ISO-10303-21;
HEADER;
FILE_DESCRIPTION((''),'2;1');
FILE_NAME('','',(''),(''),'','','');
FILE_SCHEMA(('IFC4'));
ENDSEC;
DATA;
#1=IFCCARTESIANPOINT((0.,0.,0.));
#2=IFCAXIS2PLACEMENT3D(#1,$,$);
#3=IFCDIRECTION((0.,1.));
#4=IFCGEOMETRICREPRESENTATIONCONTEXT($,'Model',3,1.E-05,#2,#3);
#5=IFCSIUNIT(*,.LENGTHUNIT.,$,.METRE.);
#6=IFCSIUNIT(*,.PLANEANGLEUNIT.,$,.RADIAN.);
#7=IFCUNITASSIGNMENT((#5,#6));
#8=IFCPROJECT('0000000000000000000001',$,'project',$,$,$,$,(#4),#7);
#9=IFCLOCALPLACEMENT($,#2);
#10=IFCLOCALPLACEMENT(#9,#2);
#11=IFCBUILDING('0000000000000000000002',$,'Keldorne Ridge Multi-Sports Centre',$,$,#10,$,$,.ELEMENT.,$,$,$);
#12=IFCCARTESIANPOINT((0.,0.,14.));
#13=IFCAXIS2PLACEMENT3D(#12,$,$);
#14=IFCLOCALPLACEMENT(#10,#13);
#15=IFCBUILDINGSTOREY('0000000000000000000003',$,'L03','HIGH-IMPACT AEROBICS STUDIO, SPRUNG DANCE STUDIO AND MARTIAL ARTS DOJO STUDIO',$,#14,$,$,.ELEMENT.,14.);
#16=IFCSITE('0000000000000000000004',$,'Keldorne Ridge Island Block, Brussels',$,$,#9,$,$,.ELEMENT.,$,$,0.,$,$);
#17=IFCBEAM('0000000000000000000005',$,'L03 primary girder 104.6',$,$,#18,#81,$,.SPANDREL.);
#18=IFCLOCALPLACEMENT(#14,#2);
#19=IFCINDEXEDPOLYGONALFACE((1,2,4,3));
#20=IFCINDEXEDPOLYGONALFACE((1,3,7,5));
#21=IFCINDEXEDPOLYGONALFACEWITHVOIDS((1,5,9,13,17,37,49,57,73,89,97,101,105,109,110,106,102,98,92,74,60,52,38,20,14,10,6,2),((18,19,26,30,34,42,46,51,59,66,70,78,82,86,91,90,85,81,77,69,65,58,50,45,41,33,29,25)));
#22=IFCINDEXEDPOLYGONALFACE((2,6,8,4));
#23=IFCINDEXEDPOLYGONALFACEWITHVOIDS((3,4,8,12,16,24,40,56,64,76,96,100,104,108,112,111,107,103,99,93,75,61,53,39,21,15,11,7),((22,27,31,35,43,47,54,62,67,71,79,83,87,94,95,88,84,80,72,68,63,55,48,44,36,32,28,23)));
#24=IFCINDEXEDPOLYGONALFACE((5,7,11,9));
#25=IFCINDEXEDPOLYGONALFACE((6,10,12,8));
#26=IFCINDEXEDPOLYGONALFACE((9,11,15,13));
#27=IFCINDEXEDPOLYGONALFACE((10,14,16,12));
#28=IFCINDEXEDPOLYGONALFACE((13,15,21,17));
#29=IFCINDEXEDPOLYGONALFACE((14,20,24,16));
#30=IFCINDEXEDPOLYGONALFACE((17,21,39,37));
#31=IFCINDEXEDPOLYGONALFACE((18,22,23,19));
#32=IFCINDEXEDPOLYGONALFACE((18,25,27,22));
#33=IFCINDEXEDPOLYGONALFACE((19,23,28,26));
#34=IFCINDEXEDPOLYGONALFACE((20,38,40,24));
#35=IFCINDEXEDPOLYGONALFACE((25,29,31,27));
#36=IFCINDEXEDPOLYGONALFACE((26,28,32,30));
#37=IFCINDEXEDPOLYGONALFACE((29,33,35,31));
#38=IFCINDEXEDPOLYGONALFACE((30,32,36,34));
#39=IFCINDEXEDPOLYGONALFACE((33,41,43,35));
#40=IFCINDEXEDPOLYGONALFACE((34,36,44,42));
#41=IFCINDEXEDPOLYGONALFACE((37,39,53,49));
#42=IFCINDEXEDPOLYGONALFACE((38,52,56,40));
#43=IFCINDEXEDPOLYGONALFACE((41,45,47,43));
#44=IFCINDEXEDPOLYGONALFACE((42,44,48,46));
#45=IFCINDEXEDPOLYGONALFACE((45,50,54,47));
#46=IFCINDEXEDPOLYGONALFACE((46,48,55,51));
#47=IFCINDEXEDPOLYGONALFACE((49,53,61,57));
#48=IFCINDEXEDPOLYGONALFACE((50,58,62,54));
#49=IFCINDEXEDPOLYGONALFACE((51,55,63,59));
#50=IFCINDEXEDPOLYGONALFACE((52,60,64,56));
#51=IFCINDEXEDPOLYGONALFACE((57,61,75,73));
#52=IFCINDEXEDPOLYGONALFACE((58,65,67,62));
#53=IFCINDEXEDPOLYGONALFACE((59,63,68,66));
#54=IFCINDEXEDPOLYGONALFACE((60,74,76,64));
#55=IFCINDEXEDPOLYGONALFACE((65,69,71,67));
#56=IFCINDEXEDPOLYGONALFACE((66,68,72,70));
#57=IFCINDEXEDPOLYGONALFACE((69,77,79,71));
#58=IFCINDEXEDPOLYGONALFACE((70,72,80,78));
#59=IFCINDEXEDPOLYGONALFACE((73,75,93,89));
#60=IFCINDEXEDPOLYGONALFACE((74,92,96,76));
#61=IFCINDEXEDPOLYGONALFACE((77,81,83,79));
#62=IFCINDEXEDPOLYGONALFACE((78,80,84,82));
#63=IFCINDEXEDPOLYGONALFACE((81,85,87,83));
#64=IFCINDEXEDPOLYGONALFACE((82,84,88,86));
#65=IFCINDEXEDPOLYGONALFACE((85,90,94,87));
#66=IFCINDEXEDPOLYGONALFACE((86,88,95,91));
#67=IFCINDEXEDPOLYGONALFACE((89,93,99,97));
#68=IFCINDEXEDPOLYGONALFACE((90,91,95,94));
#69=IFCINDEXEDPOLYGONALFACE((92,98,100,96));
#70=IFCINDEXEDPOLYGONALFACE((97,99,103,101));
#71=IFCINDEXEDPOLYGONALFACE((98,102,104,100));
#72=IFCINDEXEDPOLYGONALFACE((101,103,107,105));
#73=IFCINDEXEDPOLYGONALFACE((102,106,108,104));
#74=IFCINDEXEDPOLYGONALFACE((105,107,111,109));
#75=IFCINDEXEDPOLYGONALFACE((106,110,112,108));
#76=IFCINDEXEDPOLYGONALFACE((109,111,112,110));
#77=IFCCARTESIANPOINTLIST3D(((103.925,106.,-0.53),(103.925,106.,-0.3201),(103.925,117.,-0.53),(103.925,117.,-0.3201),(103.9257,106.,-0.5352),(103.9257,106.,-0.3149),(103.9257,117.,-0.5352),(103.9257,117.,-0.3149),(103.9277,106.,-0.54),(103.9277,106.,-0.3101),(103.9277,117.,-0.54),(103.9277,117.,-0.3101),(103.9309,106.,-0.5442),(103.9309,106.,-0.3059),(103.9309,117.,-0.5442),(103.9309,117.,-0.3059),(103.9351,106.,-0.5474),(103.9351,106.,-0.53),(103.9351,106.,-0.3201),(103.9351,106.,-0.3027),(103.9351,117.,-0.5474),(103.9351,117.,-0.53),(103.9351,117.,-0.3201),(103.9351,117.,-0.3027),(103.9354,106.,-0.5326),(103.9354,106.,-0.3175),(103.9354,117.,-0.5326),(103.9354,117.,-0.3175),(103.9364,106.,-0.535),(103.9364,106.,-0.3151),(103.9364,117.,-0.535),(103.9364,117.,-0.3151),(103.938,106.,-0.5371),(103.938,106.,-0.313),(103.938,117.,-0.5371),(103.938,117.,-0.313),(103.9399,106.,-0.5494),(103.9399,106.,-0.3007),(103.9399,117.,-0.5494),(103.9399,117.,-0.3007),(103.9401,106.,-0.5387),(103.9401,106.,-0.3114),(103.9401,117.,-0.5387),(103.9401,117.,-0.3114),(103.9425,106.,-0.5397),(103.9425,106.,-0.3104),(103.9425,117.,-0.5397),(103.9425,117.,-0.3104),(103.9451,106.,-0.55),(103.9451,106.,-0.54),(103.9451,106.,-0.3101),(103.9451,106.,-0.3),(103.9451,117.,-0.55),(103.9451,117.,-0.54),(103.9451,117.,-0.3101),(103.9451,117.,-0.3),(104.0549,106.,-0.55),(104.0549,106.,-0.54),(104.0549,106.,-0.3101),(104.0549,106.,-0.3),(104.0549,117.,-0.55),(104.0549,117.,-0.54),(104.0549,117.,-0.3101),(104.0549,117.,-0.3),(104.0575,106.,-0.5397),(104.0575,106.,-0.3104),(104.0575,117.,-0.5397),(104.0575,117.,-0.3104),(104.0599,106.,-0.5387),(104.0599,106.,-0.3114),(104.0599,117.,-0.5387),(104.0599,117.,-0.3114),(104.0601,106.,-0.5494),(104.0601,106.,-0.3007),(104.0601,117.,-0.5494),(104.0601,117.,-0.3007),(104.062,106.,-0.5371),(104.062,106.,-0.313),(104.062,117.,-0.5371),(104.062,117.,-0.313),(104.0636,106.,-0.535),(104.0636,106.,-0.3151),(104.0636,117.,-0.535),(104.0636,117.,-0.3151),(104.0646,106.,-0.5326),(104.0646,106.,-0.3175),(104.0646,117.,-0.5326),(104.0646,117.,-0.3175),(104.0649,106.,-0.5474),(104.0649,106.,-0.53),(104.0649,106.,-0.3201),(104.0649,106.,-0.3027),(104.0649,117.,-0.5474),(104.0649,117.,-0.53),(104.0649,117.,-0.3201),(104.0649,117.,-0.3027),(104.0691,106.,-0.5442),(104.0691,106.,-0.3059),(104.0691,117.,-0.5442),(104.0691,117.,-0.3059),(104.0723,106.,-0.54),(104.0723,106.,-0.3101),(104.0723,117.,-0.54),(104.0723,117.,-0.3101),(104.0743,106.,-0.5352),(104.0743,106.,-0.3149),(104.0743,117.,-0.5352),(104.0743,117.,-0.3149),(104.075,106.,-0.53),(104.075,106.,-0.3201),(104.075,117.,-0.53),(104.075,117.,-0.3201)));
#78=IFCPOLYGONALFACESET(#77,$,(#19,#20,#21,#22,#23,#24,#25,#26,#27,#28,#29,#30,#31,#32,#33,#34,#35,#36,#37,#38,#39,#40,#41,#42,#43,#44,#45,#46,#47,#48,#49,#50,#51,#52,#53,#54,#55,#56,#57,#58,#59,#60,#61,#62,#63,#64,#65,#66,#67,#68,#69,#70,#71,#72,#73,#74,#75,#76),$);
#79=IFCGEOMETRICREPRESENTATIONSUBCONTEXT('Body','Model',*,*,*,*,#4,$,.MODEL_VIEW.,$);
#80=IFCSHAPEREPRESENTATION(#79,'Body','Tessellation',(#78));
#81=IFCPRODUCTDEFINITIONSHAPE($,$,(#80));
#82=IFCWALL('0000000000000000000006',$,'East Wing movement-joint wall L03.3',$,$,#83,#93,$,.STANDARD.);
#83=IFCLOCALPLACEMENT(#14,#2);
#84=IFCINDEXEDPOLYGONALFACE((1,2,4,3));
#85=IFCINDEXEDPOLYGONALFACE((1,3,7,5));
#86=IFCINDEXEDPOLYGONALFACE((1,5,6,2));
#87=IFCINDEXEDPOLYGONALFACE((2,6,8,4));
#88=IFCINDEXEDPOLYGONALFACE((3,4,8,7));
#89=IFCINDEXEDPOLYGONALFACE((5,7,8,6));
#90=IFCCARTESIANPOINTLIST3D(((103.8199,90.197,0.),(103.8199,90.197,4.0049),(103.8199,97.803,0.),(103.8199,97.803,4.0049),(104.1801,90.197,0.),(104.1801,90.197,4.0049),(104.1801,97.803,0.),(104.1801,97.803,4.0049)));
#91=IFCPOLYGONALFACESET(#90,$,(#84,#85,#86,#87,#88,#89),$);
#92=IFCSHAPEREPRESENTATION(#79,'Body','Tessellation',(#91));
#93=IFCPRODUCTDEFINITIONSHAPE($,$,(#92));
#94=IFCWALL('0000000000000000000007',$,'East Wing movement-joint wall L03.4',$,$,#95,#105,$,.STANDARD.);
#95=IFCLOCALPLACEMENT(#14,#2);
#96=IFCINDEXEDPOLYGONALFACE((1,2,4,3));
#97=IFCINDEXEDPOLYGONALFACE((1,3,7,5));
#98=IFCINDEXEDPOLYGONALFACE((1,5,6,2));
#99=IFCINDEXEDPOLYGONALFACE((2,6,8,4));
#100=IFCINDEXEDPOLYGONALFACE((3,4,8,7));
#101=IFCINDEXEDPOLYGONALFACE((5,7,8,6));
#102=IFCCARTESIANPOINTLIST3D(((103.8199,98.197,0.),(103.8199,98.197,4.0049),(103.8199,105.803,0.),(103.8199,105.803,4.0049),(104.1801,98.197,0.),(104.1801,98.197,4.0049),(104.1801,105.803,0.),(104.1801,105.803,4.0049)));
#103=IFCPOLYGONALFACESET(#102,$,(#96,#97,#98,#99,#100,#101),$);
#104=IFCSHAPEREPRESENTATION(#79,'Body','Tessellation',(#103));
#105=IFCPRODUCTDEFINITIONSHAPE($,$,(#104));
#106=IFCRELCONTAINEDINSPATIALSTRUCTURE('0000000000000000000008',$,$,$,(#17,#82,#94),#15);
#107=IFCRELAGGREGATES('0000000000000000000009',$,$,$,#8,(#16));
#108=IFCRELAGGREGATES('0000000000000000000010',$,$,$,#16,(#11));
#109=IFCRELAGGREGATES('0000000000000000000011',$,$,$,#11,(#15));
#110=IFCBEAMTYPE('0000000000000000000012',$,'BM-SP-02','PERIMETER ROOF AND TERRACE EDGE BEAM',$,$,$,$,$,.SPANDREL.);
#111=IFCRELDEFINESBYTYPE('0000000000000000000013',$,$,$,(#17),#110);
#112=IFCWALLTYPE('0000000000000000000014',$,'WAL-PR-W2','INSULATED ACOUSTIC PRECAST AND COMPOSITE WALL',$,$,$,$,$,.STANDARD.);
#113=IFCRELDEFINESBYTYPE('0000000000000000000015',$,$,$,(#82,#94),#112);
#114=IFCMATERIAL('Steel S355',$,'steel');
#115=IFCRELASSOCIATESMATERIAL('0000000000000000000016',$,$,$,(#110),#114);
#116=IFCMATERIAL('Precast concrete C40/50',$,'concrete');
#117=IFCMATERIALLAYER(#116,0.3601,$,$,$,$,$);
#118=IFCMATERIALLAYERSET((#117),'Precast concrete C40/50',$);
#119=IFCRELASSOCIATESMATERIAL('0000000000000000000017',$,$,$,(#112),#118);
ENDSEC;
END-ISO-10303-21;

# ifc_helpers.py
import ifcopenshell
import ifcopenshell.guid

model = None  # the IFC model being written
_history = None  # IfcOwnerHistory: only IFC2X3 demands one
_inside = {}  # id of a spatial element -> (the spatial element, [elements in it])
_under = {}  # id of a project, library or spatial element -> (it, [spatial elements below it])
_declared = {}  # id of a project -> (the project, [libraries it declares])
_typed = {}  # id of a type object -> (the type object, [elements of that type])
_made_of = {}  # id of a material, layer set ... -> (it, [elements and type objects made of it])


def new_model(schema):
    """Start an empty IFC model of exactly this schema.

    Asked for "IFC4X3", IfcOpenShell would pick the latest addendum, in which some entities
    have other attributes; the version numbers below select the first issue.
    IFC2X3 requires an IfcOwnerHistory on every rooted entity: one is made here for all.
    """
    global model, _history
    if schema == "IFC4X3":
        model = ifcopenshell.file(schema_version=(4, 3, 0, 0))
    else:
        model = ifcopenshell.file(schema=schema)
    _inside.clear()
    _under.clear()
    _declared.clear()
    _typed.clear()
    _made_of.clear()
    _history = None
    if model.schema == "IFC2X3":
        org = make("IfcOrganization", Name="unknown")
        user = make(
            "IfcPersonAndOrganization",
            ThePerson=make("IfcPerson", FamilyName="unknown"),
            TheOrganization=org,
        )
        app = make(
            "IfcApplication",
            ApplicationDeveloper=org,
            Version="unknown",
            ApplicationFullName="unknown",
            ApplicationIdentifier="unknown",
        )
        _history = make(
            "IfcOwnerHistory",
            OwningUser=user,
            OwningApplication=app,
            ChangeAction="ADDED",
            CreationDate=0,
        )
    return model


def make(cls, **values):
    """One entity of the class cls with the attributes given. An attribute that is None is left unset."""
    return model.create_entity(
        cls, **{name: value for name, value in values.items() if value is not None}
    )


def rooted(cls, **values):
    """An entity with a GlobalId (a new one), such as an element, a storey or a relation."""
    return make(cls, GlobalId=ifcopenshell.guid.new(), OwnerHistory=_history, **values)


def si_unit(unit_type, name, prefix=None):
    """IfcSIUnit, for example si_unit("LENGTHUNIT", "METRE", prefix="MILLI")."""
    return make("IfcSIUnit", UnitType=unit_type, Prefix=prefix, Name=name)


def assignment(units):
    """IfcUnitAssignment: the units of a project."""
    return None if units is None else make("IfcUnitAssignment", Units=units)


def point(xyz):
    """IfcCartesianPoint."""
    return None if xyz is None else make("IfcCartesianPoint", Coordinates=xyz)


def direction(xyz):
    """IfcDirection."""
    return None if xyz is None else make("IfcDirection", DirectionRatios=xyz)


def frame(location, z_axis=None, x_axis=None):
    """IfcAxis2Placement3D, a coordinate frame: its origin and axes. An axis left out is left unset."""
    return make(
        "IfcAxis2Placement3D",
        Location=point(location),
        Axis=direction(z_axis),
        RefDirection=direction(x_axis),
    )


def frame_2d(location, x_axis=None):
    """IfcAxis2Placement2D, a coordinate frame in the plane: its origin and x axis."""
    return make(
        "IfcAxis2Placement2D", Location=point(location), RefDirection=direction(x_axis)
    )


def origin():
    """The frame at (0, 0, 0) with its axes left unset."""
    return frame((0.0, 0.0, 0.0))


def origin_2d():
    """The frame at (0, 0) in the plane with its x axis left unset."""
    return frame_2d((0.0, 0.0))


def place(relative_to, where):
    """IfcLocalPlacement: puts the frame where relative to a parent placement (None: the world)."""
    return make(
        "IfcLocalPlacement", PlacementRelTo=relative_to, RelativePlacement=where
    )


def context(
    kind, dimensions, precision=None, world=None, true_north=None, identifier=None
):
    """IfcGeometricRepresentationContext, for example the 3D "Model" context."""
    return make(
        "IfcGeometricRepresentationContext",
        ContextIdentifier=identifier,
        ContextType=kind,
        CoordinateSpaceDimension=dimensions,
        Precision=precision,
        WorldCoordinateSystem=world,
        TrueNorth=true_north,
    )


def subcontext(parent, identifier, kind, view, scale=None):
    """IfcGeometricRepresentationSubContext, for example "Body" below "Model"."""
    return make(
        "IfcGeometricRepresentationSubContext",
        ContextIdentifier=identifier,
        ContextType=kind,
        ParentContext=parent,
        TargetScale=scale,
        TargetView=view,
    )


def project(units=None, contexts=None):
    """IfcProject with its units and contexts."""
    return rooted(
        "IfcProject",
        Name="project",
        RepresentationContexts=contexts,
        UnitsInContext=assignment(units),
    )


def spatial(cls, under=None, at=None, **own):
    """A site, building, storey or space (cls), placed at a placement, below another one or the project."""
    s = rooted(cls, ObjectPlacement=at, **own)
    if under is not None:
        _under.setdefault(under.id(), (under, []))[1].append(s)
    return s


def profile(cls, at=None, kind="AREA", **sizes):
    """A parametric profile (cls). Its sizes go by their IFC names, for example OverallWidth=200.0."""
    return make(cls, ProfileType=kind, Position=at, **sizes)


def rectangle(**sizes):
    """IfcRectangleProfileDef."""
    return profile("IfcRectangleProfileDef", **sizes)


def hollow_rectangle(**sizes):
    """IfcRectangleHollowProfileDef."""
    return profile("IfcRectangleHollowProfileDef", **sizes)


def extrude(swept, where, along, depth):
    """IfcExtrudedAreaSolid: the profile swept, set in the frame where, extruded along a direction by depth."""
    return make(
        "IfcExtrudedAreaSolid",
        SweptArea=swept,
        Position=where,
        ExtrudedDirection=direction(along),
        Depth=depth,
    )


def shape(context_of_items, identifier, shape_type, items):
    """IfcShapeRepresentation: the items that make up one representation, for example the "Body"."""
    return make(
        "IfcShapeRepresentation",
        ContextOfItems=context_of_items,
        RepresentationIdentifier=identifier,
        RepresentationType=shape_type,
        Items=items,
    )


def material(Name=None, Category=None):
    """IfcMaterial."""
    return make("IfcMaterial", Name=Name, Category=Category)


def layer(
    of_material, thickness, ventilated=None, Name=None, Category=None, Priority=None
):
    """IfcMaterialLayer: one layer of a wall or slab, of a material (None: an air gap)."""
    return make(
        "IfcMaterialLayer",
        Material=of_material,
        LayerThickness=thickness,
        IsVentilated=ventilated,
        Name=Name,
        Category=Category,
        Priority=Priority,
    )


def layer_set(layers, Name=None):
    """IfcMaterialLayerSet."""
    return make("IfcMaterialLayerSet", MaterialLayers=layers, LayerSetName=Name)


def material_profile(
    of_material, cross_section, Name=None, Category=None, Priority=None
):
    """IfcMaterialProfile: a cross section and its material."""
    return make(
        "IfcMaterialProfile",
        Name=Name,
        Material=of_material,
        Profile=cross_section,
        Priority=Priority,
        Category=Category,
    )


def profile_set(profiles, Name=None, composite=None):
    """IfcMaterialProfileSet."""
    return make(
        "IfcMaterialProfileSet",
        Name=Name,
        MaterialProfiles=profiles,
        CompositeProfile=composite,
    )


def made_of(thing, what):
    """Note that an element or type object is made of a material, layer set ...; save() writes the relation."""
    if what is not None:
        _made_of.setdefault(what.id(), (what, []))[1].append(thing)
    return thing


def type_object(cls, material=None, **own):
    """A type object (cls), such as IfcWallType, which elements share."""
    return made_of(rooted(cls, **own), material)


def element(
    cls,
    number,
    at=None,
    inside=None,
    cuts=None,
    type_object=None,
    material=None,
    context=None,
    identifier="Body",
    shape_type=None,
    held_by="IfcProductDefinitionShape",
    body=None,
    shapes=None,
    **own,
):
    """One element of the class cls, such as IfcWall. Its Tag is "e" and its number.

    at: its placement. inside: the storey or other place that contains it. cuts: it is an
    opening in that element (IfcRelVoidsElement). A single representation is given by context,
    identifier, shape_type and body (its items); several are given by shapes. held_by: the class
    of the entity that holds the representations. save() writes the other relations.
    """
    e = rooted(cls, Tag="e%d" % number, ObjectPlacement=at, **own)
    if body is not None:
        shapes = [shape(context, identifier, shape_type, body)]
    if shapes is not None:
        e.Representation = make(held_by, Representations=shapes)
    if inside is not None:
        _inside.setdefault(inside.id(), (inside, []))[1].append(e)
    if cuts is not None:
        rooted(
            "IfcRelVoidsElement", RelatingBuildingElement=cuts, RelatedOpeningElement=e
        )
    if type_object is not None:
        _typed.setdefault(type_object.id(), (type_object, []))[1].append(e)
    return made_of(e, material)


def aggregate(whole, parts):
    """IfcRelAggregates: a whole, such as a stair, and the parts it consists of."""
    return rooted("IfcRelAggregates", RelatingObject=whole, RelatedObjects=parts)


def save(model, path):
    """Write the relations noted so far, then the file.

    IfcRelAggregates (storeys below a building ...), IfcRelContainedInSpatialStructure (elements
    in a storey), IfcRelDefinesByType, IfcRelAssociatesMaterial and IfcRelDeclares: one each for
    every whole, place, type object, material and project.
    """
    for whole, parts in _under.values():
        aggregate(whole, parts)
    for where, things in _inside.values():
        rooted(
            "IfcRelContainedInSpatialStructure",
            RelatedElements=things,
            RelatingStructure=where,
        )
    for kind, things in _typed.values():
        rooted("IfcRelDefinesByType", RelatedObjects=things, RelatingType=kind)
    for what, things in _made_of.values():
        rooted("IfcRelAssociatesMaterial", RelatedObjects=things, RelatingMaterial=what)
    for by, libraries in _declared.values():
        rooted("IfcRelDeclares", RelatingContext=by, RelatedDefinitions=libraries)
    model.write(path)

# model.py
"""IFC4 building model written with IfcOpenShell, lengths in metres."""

from ifc_helpers import new_model, si_unit, direction, frame, frame_2d, origin, origin_2d, place, context, subcontext, project, spatial, rectangle, hollow_rectangle, extrude, material, layer, layer_set, material_profile, profile_set, type_object, element, save


model = new_model("IFC4")

# Units and contexts
model_context = context("Model", 3, precision=1e-05, world=origin(), true_north=direction((0.0, 1.0)))
body_context = subcontext(model_context, "Body", "Model", "MODEL_VIEW")
ifc_project = project(units=[si_unit("LENGTHUNIT", "METRE"), si_unit("PLANEANGLEUNIT", "RADIAN")], contexts=[model_context])

# Site, building, storey
site_placement = place(None, origin())
site = spatial("IfcSite", under=ifc_project, at=site_placement, Name="Keldorne Ridge Island Block, Brussels", CompositionType="ELEMENT", RefElevation=0.0)
building_placement = place(site_placement, origin())
building = spatial("IfcBuilding", under=site, at=building_placement, Name="Keldorne Ridge Multi-Sports Centre", CompositionType="ELEMENT")
storey_placement = place(building_placement, frame((0.0, 0.0, 14.0)))
storey = spatial("IfcBuildingStorey", under=building, at=storey_placement, Name="L03", Description="HIGH-IMPACT AEROBICS STUDIO, SPRUNG DANCE STUDIO AND MARTIAL ARTS DOJO STUDIO", CompositionType="ELEMENT", Elevation=14.0)

# Shared definitions
ifc_material_1 = material(Name="Steel S355", Category="steel")

# Beam
ifc_material_profile_1 = material_profile(ifc_material_1, hollow_rectangle(XDim=0.1499, YDim=0.25, WallThickness=0.01, InnerFilletRadius=0.01, OuterFilletRadius=0.02, at=origin_2d()), Name="RHS 250x150x10")
ifc_profile_set_1 = profile_set([ifc_material_profile_1], Name="Steel S355")
beam_type_1 = type_object("IfcBeamType", Name="BM-SP-02", Description="PERIMETER ROOF AND TERRACE EDGE BEAM", PredefinedType="SPANDREL", material=ifc_profile_set_1)
beam_1_placement = place(storey_placement, frame((104.0, 106.0, -0.425), z_axis=(0.0, 1.0, 0.0), x_axis=(-1.0, 0.0, 0.0)))
element("IfcBeam", 1, at=beam_1_placement, inside=storey, type_object=beam_type_1, Name="L03 primary girder 104.6", PredefinedType="SPANDREL", context=body_context, shape_type="SweptSolid", body=[
    extrude(hollow_rectangle(XDim=0.1499, YDim=0.25, WallThickness=0.01, InnerFilletRadius=0.01, OuterFilletRadius=0.02, at=origin_2d()), origin(), (0.0, 0.0, 1.0), 11.0),
])

# Walls
ifc_material_2 = material(Name="Precast concrete C40/50", Category="concrete")
ifc_layer_1 = layer(ifc_material_2, 0.3601)
ifc_layer_set_1 = layer_set([ifc_layer_1], Name="Precast concrete C40/50")
wall_type_1 = type_object("IfcWallType", Name="WAL-PR-W2", Description="INSULATED ACOUSTIC PRECAST AND COMPOSITE WALL", PredefinedType="STANDARD", material=ifc_layer_set_1)
for number, where, z_axis, x_axis, name in (
    (2, (104.0, 97.803, 0.0), (0.0, 0.0, 1.0), (0.0, -1.0, 0.0), "East Wing movement-joint wall L03.3"),
    (3, (104.0, 105.803, 0.0), (0.0, 0.0, 1.0), (0.0, -1.0, 0.0), "East Wing movement-joint wall L03.4"),
):
    element("IfcWall", number, at=place(storey_placement, frame(where, z_axis=z_axis, x_axis=x_axis)), inside=storey, type_object=wall_type_1, Name=name, PredefinedType="STANDARD", context=body_context, shape_type="SweptSolid", body=[
        extrude(rectangle(XDim=7.606, YDim=0.3601, at=frame_2d((3.803, 0.0))), origin(), (0.0, 0.0, 1.0), 4.0049),
    ])

save(model, "model.ifc")
